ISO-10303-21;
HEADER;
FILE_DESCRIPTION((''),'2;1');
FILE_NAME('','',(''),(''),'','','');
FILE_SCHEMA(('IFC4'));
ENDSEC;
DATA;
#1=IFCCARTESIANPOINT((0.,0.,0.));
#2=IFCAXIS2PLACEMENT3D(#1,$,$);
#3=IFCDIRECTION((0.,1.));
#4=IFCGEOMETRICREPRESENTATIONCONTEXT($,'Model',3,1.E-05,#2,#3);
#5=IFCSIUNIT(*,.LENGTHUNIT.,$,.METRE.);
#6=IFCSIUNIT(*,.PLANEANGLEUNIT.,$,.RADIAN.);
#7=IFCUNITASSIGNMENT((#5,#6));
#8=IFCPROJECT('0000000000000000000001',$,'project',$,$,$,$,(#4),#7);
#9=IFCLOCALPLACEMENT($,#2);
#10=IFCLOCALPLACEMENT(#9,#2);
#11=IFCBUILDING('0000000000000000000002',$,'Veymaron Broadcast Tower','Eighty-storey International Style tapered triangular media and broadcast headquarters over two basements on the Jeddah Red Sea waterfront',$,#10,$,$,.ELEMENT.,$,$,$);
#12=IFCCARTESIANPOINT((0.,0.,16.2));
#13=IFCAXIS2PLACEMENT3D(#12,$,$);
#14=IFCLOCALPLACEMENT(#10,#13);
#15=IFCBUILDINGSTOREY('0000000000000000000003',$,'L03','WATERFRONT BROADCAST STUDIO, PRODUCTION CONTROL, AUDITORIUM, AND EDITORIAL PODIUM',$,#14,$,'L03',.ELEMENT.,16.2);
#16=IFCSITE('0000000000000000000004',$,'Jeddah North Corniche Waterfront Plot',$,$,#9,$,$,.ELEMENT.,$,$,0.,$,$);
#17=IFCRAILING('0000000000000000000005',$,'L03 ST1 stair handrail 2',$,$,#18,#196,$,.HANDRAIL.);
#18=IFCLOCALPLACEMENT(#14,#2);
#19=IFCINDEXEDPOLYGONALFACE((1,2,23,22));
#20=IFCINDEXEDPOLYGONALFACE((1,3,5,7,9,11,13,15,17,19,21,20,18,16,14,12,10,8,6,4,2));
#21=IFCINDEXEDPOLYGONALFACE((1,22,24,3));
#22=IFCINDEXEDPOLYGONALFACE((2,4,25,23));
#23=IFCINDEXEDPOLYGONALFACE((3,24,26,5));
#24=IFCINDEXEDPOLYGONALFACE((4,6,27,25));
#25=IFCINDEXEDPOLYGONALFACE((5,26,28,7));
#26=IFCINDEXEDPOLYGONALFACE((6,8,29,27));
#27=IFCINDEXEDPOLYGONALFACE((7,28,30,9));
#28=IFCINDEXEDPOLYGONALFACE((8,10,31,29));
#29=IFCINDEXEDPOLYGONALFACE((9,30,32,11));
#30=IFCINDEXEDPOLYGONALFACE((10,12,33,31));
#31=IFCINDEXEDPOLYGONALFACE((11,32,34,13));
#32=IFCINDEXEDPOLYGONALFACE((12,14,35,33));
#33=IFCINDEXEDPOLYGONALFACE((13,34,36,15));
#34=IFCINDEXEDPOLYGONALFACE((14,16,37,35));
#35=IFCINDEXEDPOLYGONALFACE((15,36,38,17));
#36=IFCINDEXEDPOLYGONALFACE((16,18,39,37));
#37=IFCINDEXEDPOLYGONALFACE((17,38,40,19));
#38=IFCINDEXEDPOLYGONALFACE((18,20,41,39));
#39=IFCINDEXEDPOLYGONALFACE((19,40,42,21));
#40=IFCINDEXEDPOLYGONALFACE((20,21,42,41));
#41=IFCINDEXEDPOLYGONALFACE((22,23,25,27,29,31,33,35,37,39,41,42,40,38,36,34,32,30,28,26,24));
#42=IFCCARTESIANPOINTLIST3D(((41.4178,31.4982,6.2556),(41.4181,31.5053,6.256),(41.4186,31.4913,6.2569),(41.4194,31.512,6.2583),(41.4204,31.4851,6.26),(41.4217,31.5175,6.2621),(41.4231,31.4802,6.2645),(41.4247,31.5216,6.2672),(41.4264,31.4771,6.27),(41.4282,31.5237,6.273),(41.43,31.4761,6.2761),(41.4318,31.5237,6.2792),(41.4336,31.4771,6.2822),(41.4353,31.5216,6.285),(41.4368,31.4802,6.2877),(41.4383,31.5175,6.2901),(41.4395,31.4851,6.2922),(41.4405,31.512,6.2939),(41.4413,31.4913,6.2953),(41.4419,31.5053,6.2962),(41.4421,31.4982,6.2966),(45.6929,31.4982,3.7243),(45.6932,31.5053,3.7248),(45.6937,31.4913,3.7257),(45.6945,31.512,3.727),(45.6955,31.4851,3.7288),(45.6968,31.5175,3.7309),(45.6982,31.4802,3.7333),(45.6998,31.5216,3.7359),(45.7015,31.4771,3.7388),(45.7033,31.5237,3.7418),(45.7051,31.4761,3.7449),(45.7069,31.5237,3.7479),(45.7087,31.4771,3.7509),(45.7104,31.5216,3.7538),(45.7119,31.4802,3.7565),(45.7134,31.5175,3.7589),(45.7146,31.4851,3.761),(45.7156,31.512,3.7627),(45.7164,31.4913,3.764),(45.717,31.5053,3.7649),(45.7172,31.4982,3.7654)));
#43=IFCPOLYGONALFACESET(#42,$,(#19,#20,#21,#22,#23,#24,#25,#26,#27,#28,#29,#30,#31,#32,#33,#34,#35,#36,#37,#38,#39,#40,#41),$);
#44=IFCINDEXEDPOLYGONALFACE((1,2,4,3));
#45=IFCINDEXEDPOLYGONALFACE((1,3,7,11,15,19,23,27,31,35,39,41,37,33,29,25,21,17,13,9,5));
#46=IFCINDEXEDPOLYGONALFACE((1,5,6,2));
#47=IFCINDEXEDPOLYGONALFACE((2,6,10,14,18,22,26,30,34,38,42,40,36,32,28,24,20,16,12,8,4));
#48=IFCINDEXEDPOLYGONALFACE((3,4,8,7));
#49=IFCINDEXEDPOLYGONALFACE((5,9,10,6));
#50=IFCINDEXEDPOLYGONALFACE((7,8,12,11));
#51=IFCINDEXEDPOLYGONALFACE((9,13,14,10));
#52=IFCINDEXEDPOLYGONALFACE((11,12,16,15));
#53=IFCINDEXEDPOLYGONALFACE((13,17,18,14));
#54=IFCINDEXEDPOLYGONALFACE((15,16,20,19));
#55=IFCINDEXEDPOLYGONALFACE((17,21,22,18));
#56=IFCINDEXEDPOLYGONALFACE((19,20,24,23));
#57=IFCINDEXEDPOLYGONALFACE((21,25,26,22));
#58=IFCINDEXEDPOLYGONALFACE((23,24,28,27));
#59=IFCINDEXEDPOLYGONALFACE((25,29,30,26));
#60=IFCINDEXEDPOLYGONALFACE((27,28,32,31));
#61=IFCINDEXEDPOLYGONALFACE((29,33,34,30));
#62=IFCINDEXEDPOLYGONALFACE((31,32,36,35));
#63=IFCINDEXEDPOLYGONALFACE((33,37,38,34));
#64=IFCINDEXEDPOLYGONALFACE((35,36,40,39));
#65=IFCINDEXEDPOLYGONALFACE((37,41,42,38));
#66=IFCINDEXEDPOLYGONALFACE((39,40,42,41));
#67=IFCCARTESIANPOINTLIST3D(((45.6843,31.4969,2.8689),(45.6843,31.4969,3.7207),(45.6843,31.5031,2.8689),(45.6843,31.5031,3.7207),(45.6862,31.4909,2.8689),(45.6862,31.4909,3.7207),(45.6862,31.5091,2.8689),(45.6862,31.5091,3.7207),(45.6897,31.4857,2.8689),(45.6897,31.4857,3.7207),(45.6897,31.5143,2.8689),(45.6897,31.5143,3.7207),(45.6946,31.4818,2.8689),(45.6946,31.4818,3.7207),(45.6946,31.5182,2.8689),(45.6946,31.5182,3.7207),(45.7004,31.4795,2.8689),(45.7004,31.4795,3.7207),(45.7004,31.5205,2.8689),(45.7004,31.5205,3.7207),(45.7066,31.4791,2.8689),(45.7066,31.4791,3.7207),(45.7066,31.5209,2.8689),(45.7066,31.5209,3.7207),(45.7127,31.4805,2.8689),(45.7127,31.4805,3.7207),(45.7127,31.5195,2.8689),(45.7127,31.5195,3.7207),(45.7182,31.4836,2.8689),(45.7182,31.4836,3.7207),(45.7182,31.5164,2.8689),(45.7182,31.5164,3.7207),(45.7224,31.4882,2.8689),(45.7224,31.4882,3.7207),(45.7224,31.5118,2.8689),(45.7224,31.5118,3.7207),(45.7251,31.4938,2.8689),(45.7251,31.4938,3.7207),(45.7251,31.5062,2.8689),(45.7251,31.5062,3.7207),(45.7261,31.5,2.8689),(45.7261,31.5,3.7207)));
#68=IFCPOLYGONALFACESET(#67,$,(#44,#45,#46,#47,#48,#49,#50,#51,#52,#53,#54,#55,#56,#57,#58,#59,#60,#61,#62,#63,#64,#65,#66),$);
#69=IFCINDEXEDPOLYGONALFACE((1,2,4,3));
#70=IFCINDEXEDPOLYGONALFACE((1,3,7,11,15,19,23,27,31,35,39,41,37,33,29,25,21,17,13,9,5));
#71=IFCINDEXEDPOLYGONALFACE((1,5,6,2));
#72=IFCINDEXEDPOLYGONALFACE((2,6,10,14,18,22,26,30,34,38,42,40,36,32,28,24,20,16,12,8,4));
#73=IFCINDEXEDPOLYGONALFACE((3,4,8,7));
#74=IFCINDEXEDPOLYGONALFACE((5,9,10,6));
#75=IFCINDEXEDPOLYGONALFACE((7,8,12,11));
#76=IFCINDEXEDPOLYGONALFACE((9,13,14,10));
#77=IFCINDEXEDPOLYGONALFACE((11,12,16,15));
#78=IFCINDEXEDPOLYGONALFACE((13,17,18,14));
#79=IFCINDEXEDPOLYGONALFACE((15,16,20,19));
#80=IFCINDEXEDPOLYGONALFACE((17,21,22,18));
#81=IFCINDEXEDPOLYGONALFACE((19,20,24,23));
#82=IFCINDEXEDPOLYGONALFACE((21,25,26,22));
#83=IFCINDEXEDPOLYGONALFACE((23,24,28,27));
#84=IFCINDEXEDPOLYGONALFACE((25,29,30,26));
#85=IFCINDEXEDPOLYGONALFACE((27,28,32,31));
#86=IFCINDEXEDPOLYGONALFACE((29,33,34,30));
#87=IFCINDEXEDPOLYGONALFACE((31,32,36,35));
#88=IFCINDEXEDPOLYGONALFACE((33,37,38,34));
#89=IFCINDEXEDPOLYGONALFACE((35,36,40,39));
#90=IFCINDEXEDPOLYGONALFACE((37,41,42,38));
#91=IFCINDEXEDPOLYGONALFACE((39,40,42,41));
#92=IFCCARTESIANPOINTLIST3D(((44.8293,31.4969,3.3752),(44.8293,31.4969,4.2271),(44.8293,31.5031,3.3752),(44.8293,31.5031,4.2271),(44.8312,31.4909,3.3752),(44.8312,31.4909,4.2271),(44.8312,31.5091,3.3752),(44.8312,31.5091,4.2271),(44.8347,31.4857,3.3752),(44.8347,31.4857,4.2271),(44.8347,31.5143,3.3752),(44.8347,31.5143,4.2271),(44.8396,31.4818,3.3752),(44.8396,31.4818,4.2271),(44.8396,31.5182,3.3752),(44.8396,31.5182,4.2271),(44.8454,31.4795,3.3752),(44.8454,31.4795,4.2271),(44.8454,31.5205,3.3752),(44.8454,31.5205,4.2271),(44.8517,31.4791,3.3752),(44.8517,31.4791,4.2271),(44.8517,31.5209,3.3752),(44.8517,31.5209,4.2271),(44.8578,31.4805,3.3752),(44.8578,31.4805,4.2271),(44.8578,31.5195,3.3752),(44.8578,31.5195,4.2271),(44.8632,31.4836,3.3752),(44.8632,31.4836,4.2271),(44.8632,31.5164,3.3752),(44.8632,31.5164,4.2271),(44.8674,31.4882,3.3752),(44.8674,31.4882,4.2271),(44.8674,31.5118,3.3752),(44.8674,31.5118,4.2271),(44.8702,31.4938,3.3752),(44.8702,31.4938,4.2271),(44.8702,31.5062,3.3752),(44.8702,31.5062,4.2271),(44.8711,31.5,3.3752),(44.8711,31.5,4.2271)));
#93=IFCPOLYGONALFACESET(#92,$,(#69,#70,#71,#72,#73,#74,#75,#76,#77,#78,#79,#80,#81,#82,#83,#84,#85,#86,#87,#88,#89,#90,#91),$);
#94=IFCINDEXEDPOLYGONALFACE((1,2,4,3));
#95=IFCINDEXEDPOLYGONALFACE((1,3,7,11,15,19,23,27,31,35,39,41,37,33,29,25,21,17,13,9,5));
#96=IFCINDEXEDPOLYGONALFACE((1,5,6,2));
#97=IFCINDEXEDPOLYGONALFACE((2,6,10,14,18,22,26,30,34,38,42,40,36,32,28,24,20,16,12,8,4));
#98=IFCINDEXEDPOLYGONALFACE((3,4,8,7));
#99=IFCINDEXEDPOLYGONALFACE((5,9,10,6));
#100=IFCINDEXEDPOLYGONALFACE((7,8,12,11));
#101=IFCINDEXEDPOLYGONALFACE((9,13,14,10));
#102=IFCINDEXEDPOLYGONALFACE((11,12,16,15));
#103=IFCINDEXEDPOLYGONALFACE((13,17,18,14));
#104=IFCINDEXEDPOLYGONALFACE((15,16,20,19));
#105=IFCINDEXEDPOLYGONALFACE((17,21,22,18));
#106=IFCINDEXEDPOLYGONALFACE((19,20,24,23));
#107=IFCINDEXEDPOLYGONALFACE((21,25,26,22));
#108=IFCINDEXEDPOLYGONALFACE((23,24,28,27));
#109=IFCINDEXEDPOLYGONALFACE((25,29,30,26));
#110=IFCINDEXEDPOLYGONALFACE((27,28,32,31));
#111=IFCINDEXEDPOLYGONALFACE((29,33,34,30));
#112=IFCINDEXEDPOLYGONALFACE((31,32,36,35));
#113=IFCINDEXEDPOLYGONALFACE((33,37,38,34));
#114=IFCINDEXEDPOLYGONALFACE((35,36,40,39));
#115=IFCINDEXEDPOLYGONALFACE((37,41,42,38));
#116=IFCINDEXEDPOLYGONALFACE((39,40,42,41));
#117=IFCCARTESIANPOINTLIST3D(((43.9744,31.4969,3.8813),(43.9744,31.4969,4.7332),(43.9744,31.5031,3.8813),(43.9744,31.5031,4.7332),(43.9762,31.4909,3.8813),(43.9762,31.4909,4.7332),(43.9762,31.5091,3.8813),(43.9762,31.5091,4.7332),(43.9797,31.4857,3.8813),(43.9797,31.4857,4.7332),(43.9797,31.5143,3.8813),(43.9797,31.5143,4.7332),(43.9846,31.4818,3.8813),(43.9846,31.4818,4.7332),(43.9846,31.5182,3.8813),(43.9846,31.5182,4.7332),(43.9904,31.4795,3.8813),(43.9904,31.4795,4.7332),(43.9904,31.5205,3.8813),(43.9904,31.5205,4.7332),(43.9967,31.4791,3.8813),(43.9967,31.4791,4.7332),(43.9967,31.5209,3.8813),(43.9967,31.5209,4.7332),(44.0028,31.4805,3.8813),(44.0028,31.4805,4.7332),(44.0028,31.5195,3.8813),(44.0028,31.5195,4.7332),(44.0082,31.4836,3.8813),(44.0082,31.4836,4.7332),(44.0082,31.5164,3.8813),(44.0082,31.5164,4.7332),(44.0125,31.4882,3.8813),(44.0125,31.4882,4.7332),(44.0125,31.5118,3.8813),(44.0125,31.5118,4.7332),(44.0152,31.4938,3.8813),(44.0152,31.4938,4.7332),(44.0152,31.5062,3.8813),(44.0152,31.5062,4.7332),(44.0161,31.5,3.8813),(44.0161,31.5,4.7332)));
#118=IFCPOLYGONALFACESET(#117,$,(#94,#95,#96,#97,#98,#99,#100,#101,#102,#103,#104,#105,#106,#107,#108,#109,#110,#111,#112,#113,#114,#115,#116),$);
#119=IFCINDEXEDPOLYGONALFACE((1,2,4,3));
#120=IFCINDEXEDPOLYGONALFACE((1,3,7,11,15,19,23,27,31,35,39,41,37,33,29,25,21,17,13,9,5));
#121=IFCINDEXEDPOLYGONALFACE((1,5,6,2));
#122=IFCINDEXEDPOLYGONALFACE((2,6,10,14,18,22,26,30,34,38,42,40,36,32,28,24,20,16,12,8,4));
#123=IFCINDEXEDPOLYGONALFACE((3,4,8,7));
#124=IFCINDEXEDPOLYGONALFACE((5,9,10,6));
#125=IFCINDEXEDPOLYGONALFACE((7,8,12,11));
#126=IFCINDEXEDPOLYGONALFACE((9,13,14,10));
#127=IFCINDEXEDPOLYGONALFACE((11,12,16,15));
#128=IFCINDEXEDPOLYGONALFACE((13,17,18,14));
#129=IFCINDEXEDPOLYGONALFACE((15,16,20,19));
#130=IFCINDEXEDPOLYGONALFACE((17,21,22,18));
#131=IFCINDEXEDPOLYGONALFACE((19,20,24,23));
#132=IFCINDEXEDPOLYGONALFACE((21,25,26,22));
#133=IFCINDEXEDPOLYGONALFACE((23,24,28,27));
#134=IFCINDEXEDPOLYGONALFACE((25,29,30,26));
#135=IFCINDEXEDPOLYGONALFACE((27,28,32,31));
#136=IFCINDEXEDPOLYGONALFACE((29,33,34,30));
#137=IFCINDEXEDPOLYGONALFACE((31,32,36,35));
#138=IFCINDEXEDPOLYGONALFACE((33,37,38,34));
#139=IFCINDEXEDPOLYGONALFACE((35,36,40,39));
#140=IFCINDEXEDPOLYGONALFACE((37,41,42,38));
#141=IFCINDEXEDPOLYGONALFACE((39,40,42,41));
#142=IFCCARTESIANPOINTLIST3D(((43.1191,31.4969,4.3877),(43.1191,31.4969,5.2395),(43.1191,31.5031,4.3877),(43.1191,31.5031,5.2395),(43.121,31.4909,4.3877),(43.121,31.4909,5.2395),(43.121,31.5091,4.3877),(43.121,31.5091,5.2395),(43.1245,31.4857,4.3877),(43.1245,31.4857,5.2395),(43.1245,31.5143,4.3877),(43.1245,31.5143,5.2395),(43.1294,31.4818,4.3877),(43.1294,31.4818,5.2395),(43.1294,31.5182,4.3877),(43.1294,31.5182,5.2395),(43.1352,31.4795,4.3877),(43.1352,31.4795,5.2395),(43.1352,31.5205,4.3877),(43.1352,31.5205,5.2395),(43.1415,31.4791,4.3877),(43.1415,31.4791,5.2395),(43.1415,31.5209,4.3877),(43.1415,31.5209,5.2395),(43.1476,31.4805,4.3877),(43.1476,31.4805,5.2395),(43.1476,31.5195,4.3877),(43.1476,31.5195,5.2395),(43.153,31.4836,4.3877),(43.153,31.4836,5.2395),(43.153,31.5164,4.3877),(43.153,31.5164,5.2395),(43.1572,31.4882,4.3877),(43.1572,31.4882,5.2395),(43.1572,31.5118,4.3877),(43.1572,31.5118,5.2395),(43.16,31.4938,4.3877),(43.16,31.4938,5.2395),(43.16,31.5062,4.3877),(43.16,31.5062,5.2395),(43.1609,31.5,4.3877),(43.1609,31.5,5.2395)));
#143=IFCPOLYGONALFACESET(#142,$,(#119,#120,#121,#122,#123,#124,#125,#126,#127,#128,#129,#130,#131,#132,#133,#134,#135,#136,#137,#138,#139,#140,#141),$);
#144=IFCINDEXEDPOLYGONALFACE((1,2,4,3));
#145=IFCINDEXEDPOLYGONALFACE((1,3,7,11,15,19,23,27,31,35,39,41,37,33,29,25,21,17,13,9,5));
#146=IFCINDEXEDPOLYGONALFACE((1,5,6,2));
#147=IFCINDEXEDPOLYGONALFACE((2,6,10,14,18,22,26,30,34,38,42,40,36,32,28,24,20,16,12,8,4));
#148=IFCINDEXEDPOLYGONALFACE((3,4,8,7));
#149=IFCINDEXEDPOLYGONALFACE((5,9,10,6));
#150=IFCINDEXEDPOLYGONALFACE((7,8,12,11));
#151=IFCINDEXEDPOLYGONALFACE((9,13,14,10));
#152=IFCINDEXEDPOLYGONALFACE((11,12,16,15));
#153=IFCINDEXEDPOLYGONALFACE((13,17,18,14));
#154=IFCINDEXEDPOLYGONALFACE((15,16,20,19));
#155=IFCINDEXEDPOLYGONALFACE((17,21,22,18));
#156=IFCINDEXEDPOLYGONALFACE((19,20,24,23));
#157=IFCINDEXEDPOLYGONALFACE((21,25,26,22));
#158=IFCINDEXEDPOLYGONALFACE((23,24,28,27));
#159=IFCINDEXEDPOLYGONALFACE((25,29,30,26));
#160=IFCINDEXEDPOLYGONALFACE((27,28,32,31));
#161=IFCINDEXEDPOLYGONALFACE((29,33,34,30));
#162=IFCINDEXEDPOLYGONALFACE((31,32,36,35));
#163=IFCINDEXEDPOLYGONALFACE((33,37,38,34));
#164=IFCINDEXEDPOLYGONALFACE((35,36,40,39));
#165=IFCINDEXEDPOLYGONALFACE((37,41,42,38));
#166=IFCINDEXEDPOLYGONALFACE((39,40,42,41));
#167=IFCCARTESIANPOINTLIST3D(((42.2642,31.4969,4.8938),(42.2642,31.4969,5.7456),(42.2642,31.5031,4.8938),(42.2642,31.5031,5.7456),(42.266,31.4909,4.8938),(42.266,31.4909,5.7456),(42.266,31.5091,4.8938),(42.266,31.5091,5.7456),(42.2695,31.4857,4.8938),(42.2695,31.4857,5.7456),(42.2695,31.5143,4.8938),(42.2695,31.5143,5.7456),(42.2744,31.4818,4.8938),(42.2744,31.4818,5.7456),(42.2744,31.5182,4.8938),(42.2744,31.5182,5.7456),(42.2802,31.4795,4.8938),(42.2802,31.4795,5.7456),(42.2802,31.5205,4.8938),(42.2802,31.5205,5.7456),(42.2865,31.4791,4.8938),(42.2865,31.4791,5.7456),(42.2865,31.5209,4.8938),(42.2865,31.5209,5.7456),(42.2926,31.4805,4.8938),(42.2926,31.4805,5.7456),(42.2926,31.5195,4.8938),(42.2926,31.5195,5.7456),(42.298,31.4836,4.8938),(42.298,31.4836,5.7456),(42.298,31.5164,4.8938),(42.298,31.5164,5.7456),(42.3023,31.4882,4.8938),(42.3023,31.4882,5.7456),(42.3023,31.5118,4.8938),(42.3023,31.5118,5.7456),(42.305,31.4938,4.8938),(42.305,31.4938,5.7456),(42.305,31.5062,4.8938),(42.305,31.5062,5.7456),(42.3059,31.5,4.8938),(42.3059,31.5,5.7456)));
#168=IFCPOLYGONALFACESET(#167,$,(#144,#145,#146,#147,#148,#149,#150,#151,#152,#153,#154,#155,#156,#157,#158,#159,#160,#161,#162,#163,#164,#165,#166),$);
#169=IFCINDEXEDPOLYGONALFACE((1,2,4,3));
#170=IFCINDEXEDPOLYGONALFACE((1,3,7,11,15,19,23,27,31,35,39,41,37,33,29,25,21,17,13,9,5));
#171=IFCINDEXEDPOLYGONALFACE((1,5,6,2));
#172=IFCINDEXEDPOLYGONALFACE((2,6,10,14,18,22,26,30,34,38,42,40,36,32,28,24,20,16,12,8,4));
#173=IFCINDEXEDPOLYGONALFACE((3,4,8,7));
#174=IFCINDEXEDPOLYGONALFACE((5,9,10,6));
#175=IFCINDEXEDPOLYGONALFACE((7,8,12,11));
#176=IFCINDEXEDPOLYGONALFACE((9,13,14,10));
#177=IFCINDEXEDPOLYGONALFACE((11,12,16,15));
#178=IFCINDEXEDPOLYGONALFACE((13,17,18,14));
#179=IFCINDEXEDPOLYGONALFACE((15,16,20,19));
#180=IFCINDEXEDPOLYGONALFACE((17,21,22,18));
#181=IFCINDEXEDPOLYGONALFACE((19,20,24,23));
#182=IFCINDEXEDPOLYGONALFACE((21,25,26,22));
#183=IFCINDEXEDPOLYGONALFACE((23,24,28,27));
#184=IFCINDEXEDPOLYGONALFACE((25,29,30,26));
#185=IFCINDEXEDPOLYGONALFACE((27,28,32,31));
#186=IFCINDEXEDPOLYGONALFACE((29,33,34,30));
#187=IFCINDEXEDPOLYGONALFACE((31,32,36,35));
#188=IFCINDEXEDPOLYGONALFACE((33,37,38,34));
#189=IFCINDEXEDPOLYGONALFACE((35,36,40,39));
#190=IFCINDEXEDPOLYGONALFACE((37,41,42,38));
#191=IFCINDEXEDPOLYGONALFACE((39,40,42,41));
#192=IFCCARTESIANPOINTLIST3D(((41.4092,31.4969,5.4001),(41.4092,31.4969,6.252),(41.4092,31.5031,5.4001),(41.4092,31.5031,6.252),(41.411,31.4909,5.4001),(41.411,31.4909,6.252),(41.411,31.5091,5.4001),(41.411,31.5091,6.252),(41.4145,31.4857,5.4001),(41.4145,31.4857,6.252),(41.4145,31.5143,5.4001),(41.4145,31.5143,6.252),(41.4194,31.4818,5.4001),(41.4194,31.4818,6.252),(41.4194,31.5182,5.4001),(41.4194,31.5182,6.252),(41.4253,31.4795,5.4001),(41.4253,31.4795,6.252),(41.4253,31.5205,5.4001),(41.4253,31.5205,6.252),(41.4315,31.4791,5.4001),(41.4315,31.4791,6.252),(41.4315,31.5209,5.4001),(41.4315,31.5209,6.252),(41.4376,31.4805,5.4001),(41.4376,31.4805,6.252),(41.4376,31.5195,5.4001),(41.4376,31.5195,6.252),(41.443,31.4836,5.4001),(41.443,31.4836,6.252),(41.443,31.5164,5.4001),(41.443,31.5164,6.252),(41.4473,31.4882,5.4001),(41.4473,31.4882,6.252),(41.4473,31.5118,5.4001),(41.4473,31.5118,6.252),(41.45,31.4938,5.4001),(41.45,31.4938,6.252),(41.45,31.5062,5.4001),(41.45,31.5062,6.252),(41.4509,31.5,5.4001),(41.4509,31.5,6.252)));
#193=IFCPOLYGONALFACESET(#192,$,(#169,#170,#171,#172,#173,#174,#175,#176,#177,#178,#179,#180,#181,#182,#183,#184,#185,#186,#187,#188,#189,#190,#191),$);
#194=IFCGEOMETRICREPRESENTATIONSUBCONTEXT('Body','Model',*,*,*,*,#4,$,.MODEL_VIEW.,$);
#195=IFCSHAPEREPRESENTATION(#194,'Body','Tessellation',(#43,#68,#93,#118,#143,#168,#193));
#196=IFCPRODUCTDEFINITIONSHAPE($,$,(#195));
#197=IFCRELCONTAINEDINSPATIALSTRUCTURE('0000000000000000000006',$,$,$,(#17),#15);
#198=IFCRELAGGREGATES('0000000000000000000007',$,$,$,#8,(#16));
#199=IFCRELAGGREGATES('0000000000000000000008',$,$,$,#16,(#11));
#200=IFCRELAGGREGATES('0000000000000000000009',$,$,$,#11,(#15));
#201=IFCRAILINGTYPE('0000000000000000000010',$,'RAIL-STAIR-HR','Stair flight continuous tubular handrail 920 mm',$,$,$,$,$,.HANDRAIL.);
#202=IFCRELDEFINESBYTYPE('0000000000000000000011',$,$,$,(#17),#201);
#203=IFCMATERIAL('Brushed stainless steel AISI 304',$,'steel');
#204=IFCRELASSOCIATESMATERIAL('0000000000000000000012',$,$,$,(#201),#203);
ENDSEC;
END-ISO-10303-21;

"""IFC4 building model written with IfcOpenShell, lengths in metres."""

from ifc_helpers import new_model, si_unit, direction, frame, origin, origin_2d, place, context, subcontext, project, spatial, circle, extrude, material, type_object, element, save


model = new_model("IFC4")

# Units and contexts
model_context = context("Model", 3, precision=1e-05, world=origin(), true_north=direction((0.0, 1.0)))
body_context = subcontext(model_context, "Body", "Model", "MODEL_VIEW")
ifc_project = project(units=[si_unit("LENGTHUNIT", "METRE"), si_unit("PLANEANGLEUNIT", "RADIAN")], contexts=[model_context])

# Site, building, storey
site_placement = place(None, origin())
site = spatial("IfcSite", under=ifc_project, at=site_placement, Name="Jeddah North Corniche Waterfront Plot", CompositionType="ELEMENT", RefElevation=0.0)
building_placement = place(site_placement, origin())
building = spatial("IfcBuilding", under=site, at=building_placement, Name="Veymaron Broadcast Tower", Description="Eighty-storey International Style tapered triangular media and broadcast headquarters over two basements on the Jeddah Red Sea waterfront", CompositionType="ELEMENT")
storey_placement = place(building_placement, frame((0.0, 0.0, 16.2)))
storey = spatial("IfcBuildingStorey", under=building, at=storey_placement, Name="L03", Description="WATERFRONT BROADCAST STUDIO, PRODUCTION CONTROL, AUDITORIUM, AND EDITORIAL PODIUM", LongName="L03", CompositionType="ELEMENT", Elevation=16.2)

# Shared definitions
ifc_material_1 = material(Name="Brushed stainless steel AISI 304", Category="steel")

# Railing
railing_type_1 = type_object("IfcRailingType", Name="RAIL-STAIR-HR", Description="Stair flight continuous tubular handrail 920 mm", PredefinedType="HANDRAIL", material=ifc_material_1)
railing_1_placement = place(storey_placement, frame((45.7051, 31.5, 2.8689)))
element("IfcRailing", 1, at=railing_1_placement, inside=storey, type_object=railing_type_1, Name="L03 ST1 stair handrail 2", PredefinedType="HANDRAIL", context=body_context, shape_type="SweptSolid", body=[
    extrude(circle(Radius=0.0239, at=origin_2d()), frame((0.0, 0.0, 0.876), z_axis=(-0.860483, 0.0, 0.509479), x_axis=(0.0, -1.0, 0.0)), (0.0, 0.0, 1.0), 4.9683),
    extrude(circle(Radius=0.021, at=origin_2d()), origin(), (0.0, 0.0, 1.0), 0.8518),
    extrude(circle(Radius=0.021, at=origin_2d()), frame((-0.855, 0.0, 0.5063)), (0.0, 0.0, 1.0), 0.8518),
    extrude(circle(Radius=0.021, at=origin_2d()), frame((-1.71, 0.0, 1.0125)), (0.0, 0.0, 1.0), 0.8518),
    extrude(circle(Radius=0.021, at=origin_2d()), frame((-2.5652, 0.0, 1.5188)), (0.0, 0.0, 1.0), 0.8518),
    extrude(circle(Radius=0.021, at=origin_2d()), frame((-3.4202, 0.0, 2.0249)), (0.0, 0.0, 1.0), 0.8518),
    extrude(circle(Radius=0.021, at=origin_2d()), frame((-4.2751, 0.0, 2.5312)), (0.0, 0.0, 1.0), 0.8518),
])

save(model, "model.ifc")
